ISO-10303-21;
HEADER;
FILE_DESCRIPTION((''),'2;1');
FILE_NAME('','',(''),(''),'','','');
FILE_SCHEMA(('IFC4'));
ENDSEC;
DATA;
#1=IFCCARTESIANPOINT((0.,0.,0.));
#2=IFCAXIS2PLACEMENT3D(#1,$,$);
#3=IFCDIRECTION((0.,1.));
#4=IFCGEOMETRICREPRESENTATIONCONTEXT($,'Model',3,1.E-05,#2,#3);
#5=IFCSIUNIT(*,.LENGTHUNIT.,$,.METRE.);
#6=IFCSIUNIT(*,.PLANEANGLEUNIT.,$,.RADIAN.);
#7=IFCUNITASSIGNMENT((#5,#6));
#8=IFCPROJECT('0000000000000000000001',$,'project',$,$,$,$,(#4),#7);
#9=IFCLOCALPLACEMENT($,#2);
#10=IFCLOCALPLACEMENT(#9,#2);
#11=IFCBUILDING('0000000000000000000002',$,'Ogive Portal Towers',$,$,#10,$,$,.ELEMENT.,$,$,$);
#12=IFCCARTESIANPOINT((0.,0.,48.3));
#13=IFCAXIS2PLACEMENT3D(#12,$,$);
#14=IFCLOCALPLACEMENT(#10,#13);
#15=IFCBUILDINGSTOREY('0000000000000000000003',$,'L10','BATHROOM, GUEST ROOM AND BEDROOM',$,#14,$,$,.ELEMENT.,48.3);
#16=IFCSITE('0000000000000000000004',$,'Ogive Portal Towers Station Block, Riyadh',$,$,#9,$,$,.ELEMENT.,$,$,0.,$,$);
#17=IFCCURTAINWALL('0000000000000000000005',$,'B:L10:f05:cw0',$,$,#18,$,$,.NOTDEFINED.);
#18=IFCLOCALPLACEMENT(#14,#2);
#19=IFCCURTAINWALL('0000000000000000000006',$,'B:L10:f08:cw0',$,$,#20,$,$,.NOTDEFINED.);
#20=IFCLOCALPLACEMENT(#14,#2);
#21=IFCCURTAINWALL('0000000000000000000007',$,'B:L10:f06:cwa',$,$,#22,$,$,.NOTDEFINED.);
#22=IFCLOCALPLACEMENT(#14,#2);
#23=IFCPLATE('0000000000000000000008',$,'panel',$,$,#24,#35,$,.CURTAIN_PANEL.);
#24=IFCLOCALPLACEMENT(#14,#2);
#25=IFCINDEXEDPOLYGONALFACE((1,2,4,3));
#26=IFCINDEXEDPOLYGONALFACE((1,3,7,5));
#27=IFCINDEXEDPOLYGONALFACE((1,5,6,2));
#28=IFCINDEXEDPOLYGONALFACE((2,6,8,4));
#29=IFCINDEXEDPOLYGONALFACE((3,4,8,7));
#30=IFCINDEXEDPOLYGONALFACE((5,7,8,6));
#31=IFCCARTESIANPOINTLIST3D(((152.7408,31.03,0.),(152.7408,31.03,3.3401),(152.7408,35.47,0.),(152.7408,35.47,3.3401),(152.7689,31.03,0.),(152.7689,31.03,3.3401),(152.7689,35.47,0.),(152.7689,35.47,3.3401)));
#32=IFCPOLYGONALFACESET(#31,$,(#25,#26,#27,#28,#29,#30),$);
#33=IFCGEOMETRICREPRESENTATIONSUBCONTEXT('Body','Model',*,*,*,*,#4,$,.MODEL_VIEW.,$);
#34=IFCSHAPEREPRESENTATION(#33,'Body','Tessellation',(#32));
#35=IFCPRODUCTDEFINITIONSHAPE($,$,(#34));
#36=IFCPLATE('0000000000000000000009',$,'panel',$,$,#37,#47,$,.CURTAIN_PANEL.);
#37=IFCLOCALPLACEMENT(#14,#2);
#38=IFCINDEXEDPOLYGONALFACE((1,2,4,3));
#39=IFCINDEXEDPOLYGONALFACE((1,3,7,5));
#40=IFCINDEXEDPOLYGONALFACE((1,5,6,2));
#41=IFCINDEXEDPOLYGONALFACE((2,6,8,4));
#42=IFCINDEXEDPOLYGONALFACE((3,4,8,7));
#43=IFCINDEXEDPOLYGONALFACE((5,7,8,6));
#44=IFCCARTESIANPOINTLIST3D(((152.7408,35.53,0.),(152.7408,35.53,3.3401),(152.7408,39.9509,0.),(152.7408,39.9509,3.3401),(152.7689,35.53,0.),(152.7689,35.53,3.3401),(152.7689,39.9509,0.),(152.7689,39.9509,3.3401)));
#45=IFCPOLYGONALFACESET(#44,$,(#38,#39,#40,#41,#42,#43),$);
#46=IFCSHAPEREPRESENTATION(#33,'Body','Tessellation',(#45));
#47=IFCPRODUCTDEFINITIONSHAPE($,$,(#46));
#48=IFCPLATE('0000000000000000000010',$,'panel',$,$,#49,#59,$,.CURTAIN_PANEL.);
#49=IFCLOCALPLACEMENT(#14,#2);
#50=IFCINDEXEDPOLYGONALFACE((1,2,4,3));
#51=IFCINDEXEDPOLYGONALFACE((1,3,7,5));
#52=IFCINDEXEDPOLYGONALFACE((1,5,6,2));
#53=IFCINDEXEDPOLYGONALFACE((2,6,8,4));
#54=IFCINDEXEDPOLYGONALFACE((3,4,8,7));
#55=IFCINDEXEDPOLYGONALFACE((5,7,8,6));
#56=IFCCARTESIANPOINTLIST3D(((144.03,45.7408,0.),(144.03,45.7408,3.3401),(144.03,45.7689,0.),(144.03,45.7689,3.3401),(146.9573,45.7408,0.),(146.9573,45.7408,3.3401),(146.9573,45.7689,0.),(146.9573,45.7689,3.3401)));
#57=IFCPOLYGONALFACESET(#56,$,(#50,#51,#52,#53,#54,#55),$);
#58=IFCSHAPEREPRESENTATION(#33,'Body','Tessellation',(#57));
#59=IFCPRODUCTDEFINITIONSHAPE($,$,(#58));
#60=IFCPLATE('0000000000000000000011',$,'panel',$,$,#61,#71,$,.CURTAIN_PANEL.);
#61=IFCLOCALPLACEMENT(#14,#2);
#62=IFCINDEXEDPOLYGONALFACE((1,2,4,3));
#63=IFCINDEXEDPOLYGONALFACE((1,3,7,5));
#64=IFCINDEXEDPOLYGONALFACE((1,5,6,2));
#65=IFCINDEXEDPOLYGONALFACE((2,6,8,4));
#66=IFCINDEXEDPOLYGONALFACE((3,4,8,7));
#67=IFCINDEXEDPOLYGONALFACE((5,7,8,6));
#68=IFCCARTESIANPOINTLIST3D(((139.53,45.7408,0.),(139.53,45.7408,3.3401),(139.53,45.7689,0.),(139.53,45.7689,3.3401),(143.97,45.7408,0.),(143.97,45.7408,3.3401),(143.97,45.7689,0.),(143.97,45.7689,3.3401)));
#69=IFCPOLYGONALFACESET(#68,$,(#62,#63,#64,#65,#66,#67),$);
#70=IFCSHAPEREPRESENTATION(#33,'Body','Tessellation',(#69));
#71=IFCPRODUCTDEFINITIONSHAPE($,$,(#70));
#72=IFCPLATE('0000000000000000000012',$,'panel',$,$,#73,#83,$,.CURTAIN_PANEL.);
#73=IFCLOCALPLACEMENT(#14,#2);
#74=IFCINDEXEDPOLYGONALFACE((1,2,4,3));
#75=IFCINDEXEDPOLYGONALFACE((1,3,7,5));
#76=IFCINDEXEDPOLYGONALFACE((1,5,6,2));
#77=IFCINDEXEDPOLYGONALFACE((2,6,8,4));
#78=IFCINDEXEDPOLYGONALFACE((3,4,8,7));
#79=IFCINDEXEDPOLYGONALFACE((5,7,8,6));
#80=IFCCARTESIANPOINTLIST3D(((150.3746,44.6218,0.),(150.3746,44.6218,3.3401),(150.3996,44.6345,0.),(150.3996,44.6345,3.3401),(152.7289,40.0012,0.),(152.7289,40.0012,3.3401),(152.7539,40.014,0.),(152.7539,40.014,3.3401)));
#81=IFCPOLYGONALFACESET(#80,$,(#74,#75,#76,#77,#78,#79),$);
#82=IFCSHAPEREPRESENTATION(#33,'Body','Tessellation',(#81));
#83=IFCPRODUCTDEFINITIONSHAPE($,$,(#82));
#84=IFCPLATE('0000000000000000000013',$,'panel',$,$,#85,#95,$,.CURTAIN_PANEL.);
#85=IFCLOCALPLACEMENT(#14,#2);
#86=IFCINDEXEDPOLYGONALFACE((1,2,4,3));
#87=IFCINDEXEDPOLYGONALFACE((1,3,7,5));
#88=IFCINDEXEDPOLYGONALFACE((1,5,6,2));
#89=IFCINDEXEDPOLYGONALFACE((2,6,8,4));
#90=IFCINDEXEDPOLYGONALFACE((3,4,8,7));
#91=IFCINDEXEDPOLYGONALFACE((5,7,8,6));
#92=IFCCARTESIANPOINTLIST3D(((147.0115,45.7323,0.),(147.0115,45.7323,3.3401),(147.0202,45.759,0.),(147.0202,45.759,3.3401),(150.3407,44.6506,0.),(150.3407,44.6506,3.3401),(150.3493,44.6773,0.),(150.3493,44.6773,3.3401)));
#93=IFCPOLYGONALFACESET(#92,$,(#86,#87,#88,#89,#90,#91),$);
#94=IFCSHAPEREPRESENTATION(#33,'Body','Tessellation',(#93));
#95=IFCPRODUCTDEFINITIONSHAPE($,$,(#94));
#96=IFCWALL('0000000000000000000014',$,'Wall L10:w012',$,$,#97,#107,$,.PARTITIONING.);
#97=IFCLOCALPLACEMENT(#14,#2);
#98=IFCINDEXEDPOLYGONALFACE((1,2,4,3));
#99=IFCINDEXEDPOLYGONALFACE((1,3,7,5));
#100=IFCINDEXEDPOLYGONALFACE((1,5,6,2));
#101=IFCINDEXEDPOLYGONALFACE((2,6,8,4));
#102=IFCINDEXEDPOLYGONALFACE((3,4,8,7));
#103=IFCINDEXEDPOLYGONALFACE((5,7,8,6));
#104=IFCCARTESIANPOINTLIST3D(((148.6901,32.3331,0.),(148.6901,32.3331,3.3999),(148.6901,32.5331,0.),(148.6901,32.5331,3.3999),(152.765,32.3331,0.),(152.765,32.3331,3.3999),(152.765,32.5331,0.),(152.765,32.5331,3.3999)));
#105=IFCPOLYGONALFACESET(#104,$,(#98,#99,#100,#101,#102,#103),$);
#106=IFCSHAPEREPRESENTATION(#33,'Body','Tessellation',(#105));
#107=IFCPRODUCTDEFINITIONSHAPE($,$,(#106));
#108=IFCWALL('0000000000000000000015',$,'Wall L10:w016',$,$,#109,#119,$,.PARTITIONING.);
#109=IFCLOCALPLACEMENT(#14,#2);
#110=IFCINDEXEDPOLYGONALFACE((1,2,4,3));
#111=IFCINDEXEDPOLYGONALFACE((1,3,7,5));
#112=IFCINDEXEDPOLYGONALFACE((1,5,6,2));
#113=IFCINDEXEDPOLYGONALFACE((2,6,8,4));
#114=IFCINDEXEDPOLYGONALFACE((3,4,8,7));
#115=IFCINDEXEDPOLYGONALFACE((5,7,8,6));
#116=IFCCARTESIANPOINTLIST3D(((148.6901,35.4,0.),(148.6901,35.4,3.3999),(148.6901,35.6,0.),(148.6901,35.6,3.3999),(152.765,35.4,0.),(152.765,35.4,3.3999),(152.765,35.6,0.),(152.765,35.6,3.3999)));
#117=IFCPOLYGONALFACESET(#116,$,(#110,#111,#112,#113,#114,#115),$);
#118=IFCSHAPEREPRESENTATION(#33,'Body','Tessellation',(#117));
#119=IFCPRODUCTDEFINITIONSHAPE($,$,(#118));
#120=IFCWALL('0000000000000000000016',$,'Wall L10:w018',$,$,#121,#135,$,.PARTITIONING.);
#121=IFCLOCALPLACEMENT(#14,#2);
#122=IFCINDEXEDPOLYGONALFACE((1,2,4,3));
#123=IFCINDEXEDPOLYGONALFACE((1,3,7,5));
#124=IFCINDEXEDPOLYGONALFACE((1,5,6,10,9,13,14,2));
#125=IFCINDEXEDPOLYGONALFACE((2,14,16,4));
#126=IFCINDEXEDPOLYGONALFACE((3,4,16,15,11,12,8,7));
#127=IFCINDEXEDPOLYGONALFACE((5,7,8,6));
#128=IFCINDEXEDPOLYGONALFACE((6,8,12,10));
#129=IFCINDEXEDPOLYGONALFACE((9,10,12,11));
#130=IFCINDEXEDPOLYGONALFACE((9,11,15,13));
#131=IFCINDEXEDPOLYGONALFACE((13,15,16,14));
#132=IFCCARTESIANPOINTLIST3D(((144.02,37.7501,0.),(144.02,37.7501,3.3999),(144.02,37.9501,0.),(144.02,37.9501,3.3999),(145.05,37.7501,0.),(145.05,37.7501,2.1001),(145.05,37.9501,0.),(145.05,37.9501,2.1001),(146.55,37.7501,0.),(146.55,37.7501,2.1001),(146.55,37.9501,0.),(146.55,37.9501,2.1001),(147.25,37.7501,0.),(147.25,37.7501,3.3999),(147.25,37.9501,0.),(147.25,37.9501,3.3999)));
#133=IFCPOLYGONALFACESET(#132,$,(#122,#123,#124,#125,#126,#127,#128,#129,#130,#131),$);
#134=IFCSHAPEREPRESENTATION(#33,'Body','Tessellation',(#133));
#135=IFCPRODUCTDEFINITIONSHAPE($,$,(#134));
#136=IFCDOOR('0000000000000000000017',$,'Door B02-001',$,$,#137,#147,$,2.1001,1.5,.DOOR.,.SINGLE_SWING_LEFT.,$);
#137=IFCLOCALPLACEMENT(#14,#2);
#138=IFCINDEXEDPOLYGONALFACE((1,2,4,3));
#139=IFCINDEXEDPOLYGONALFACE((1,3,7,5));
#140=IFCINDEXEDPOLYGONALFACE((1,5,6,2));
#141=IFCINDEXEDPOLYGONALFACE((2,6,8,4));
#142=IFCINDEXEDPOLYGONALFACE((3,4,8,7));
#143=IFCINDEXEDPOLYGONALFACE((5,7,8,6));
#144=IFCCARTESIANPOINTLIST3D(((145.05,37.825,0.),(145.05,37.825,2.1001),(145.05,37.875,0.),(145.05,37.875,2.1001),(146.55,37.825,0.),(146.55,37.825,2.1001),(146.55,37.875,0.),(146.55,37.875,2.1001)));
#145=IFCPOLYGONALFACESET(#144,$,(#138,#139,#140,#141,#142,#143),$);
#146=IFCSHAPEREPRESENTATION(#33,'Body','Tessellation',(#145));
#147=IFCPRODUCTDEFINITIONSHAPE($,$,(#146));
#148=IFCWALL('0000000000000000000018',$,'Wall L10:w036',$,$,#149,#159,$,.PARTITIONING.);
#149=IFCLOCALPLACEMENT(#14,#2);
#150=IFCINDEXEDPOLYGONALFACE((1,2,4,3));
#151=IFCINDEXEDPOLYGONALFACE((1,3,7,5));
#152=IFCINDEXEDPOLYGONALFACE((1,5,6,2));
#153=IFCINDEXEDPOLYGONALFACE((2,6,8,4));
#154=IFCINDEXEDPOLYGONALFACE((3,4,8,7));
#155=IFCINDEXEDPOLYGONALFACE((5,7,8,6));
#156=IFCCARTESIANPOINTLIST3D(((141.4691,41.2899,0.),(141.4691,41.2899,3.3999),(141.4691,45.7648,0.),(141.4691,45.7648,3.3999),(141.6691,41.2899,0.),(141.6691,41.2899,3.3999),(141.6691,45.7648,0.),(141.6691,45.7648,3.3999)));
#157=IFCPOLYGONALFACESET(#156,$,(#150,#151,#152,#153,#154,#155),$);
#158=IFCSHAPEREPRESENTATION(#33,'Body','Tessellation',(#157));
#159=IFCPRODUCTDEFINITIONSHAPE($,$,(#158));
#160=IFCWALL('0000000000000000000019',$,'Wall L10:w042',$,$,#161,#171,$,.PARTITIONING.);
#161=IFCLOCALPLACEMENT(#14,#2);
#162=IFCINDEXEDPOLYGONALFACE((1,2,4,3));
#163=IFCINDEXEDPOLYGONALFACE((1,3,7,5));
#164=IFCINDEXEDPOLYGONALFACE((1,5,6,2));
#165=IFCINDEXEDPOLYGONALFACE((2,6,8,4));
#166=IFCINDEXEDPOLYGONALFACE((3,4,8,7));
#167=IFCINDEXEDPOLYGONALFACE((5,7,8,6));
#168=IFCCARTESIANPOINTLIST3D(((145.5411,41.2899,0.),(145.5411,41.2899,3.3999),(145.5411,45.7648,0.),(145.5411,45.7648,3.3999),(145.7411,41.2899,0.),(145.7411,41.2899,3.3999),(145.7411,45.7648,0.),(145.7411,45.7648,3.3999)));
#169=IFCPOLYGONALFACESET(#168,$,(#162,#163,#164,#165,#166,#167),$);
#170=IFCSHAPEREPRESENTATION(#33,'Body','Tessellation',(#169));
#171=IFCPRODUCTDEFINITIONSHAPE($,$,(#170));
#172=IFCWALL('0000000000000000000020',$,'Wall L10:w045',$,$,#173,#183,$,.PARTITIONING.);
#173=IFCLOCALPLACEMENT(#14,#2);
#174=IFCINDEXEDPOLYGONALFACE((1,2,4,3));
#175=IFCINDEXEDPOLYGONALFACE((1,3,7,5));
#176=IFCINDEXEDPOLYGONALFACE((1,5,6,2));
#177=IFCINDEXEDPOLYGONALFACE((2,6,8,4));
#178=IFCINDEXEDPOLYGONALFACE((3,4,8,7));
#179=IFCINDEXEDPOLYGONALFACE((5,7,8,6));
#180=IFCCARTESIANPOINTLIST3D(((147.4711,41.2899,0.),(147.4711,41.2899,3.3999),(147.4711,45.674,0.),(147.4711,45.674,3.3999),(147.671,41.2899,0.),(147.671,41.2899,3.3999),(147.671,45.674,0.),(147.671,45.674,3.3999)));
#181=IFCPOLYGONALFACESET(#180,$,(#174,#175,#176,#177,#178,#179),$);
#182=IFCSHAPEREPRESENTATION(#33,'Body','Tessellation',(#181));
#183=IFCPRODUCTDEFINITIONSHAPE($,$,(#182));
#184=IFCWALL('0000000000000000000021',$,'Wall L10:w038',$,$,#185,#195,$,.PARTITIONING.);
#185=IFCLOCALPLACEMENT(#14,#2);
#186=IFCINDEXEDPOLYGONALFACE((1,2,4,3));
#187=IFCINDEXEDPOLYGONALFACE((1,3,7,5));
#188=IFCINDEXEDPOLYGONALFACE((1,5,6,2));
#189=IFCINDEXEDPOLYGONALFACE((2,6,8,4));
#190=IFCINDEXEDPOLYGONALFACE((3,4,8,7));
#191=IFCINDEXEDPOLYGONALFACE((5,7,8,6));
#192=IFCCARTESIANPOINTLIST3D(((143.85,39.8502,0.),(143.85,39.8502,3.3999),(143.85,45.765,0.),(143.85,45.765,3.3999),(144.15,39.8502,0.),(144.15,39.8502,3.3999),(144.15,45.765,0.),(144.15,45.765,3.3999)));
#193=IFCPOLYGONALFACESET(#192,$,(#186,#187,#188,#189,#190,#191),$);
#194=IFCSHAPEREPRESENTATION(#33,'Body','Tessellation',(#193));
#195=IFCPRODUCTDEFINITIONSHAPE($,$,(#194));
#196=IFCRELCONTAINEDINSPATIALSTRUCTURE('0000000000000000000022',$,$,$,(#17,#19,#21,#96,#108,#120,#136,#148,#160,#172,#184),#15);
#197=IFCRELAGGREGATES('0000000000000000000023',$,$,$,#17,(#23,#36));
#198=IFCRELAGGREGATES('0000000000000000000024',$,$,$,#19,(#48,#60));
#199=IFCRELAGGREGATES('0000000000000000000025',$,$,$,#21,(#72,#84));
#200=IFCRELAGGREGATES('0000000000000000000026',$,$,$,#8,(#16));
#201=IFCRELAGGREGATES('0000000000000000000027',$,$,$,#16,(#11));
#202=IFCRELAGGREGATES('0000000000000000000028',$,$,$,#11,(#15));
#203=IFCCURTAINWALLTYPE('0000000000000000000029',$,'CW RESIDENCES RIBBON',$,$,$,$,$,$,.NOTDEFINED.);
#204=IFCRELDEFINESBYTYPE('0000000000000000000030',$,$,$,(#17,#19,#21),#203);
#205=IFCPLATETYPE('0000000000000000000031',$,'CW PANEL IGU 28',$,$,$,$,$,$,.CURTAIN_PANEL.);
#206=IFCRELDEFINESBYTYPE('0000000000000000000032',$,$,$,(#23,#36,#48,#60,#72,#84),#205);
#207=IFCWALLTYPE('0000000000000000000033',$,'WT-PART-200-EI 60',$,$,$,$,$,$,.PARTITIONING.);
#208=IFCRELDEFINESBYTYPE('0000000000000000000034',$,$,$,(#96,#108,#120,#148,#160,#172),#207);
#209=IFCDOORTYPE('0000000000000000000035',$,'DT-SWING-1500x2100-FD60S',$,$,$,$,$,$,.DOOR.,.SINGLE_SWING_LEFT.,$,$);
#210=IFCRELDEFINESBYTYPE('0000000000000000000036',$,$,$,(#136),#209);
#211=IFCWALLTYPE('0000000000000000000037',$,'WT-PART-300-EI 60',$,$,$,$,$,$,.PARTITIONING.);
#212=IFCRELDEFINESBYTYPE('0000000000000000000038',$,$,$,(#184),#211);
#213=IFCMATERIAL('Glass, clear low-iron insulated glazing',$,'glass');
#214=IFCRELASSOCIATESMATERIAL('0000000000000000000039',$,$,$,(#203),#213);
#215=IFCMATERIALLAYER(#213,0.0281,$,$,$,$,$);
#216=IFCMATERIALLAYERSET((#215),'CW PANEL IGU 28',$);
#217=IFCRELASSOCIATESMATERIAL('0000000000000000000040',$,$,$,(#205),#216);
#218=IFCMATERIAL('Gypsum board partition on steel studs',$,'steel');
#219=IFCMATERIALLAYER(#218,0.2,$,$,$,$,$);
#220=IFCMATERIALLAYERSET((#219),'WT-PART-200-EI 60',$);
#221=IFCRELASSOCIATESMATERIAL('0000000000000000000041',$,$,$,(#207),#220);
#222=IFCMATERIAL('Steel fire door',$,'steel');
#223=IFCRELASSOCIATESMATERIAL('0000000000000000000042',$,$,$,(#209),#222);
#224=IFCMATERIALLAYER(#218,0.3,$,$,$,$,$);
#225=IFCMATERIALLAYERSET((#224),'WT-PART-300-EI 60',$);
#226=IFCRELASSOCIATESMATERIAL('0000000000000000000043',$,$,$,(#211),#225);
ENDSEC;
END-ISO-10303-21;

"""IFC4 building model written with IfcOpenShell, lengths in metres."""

from ifc_helpers import new_model, si_unit, direction, frame, frame_2d, origin, origin_2d, place, context, subcontext, project, spatial, rectangle, extrude, material, layer, layer_set, type_object, element, fill, aggregate, save


model = new_model("IFC4")

# Units and contexts
model_context = context("Model", 3, precision=1e-05, world=origin(), true_north=direction((0.0, 1.0)))
body_context = subcontext(model_context, "Body", "Model", "MODEL_VIEW")
ifc_project = project(units=[si_unit("LENGTHUNIT", "METRE"), si_unit("PLANEANGLEUNIT", "RADIAN")], contexts=[model_context])

# Site, building, storey
site_placement = place(None, origin())
site = spatial("IfcSite", under=ifc_project, at=site_placement, Name="Ogive Portal Towers Station Block, Riyadh", CompositionType="ELEMENT", RefElevation=0.0)
building_placement = place(site_placement, origin())
building = spatial("IfcBuilding", under=site, at=building_placement, Name="Ogive Portal Towers", CompositionType="ELEMENT")
storey_placement = place(building_placement, frame((0.0, 0.0, 48.3)))
storey = spatial("IfcBuildingStorey", under=building, at=storey_placement, Name="L10", Description="BATHROOM, GUEST ROOM AND BEDROOM", CompositionType="ELEMENT", Elevation=48.3)

# Curtain walls
ifc_material_1 = material(Name="Glass, clear low-iron insulated glazing", Category="glass")
curtain_wall_type = type_object("IfcCurtainWallType", Name="CW RESIDENCES RIBBON", PredefinedType="NOTDEFINED", material=ifc_material_1)
curtain_wall_1_placement = place(storey_placement, origin())
curtain_wall_1 = element("IfcCurtainWall", 1, at=curtain_wall_1_placement, inside=storey, type_object=curtain_wall_type, Name="B:L10:f05:cw0", PredefinedType="NOTDEFINED")
curtain_wall_2_placement = place(storey_placement, origin())
curtain_wall_2 = element("IfcCurtainWall", 2, at=curtain_wall_2_placement, inside=storey, type_object=curtain_wall_type, Name="B:L10:f08:cw0", PredefinedType="NOTDEFINED")

# Curtain wall
curtain_wall_3_placement = place(storey_placement, origin())
curtain_wall_3 = element("IfcCurtainWall", 3, at=curtain_wall_3_placement, inside=storey, type_object=curtain_wall_type, Name="B:L10:f06:cwa", PredefinedType="NOTDEFINED")

# Plates
ifc_layer_1 = layer(ifc_material_1, 0.0281)
ifc_layer_set_1 = layer_set([ifc_layer_1], Name="CW PANEL IGU 28")
plate_type = type_object("IfcPlateType", Name="CW PANEL IGU 28", PredefinedType="CURTAIN_PANEL", material=ifc_layer_set_1)
plate_1_placement = place(storey_placement, frame((152.7549, 33.25, 0.0), z_axis=(0.0, 0.0, 1.0), x_axis=(0.0, 1.0, 0.0)))
plate_1 = element("IfcPlate", 4, at=plate_1_placement, type_object=plate_type, Name="panel", PredefinedType="CURTAIN_PANEL", context=body_context, shape_type="SweptSolid", body=[
    extrude(rectangle(XDim=4.4399, YDim=0.0281, at=origin_2d()), origin(), (0.0, 0.0, 1.0), 3.3401),
])
plate_2_placement = place(storey_placement, frame((152.7549, 37.7405, 0.0), z_axis=(0.0, 0.0, 1.0), x_axis=(0.0, 1.0, 0.0)))
plate_2 = element("IfcPlate", 5, at=plate_2_placement, type_object=plate_type, Name="panel", PredefinedType="CURTAIN_PANEL", context=body_context, shape_type="SweptSolid", body=[
    extrude(rectangle(XDim=4.4209, YDim=0.0281, at=origin_2d()), origin(), (0.0, 0.0, 1.0), 3.3401),
])
aggregate(curtain_wall_1, [plate_1, plate_2])
plate_3_placement = place(storey_placement, frame((145.4937, 45.7549, 0.0), z_axis=(0.0, 0.0, 1.0), x_axis=(-1.0, 0.0, 0.0)))
plate_3 = element("IfcPlate", 6, at=plate_3_placement, type_object=plate_type, Name="panel", PredefinedType="CURTAIN_PANEL", context=body_context, shape_type="SweptSolid", body=[
    extrude(rectangle(XDim=2.9272, YDim=0.0281, at=origin_2d()), origin(), (0.0, 0.0, 1.0), 3.3401),
])
plate_4_placement = place(storey_placement, frame((141.75, 45.7549, 0.0), z_axis=(0.0, 0.0, 1.0), x_axis=(-1.0, 0.0, 0.0)))
plate_4 = element("IfcPlate", 7, at=plate_4_placement, type_object=plate_type, Name="panel", PredefinedType="CURTAIN_PANEL", context=body_context, shape_type="SweptSolid", body=[
    extrude(rectangle(XDim=4.4399, YDim=0.0281, at=origin_2d()), origin(), (0.0, 0.0, 1.0), 3.3401),
])
aggregate(curtain_wall_2, [plate_3, plate_4])
plate_5_placement = place(storey_placement, frame((151.5642, 42.3179, 0.0), z_axis=(0.0, 0.0, 1.0), x_axis=(-0.45399, 0.891007, 0.0)))
plate_5 = element("IfcPlate", 8, at=plate_5_placement, type_object=plate_type, Name="panel", PredefinedType="CURTAIN_PANEL", context=body_context, shape_type="SweptSolid", body=[
    extrude(rectangle(XDim=5.1858, YDim=0.0281, at=origin_2d()), origin(), (0.0, 0.0, 1.0), 3.3401),
])
plate_6_placement = place(storey_placement, frame((148.6804, 45.2048, 0.0), z_axis=(0.0, 0.0, 1.0), x_axis=(-0.951057, 0.309017, 0.0)))
plate_6 = element("IfcPlate", 9, at=plate_6_placement, type_object=plate_type, Name="panel", PredefinedType="CURTAIN_PANEL", context=body_context, shape_type="SweptSolid", body=[
    extrude(rectangle(XDim=3.5005, YDim=0.0281, at=origin_2d()), origin(), (0.0, 0.0, 1.0), 3.3401),
])
aggregate(curtain_wall_3, [plate_5, plate_6])

# Walls
ifc_material_2 = material(Name="Gypsum board partition on steel studs", Category="steel")
ifc_layer_2 = layer(ifc_material_2, 0.2)
ifc_layer_set_2 = layer_set([ifc_layer_2], Name="WT-PART-200-EI 60")
wall_type_1 = type_object("IfcWallType", Name="WT-PART-200-EI 60", PredefinedType="PARTITIONING", material=ifc_layer_set_2)
for number, where, z_axis, x_axis, name in (
    (10, (148.6899, 32.4331, 0.0), (0.0, 0.0, 1.0), (1.0, 0.0, 0.0), "Wall L10:w012"),
    (11, (148.6899, 35.5, 0.0), (0.0, 0.0, 1.0), (1.0, 0.0, 0.0), "Wall L10:w016"),
):
    element("IfcWall", number, at=place(storey_placement, frame(where, z_axis=z_axis, x_axis=x_axis)), inside=storey, type_object=wall_type_1, Name=name, PredefinedType="PARTITIONING", context=body_context, shape_type="SweptSolid", body=[
        extrude(rectangle(XDim=4.075, YDim=0.2, at=frame_2d((2.0376, 0.0))), origin(), (0.0, 0.0, 1.0), 3.3999),
    ])

# Wall, opening, door
wall_1_placement = place(storey_placement, frame((144.02, 37.8501, 0.0), z_axis=(0.0, 0.0, 1.0), x_axis=(1.0, 0.0, 0.0)))
wall_1 = element("IfcWall", 12, at=wall_1_placement, inside=storey, type_object=wall_type_1, Name="Wall L10:w018", PredefinedType="PARTITIONING", context=body_context, shape_type="SweptSolid", body=[
    extrude(rectangle(XDim=3.23, YDim=0.2, at=frame_2d((1.615, 0.0))), origin(), (0.0, 0.0, 1.0), 3.3999),
])
opening_placement = place(wall_1_placement, frame((1.03, 0.0, 0.0)))
opening = element("IfcOpeningElement", 13, at=opening_placement, cuts=wall_1, PredefinedType="OPENING", context=body_context, shape_type="SweptSolid", body=[
    extrude(rectangle(XDim=1.5, YDim=2.1001, at=frame_2d((0.75, 1.05))), frame((0.0, 0.1099, 0.0), z_axis=(0.0, -1.0, 0.0), x_axis=(1.0, 0.0, 0.0)), (0.0, 0.0, 1.0), 0.22),
])
ifc_material_3 = material(Name="Steel fire door", Category="steel")
door_type = type_object("IfcDoorType", Name="DT-SWING-1500x2100-FD60S", OperationType="SINGLE_SWING_LEFT", PredefinedType="DOOR", material=ifc_material_3)
door_placement = place(opening_placement, origin())
door = element("IfcDoor", 14, at=door_placement, inside=storey, type_object=door_type, Name="Door B02-001", OperationType="SINGLE_SWING_LEFT", OverallHeight=2.1001, OverallWidth=1.5, PredefinedType="DOOR", context=body_context, shape_type="SweptSolid", body=[
    extrude(rectangle(XDim=1.5, YDim=2.1001, at=frame_2d((0.75, 1.05))), frame((0.0, 0.0249, 0.0), z_axis=(0.0, -1.0, 0.0), x_axis=(1.0, 0.0, 0.0)), (0.0, 0.0, 1.0), 0.05),
])
fill(opening, door)

# Walls
for number, where, z_axis, x_axis, name in (
    (15, (141.5691, 41.29, 0.0), (0.0, 0.0, 1.0), (0.0, 1.0, 0.0), "Wall L10:w036"),
    (16, (145.6411, 41.29, 0.0), (0.0, 0.0, 1.0), (0.0, 1.0, 0.0), "Wall L10:w042"),
):
    element("IfcWall", number, at=place(storey_placement, frame(where, z_axis=z_axis, x_axis=x_axis)), inside=storey, type_object=wall_type_1, Name=name, PredefinedType="PARTITIONING", context=body_context, shape_type="SweptSolid", body=[
        extrude(rectangle(XDim=4.4749, YDim=0.2, at=frame_2d((2.2373, 0.0))), origin(), (0.0, 0.0, 1.0), 3.3999),
    ])
wall_2_placement = place(storey_placement, frame((147.571, 41.29, 0.0), z_axis=(0.0, 0.0, 1.0), x_axis=(0.0, 1.0, 0.0)))
element("IfcWall", 17, at=wall_2_placement, inside=storey, type_object=wall_type_1, Name="Wall L10:w045", PredefinedType="PARTITIONING", context=body_context, shape_type="SweptSolid", body=[
    extrude(rectangle(XDim=4.384, YDim=0.2, at=frame_2d((2.1919, 0.0))), origin(), (0.0, 0.0, 1.0), 3.3999),
])
ifc_layer_3 = layer(ifc_material_2, 0.3)
ifc_layer_set_3 = layer_set([ifc_layer_3], Name="WT-PART-300-EI 60")
wall_type_2 = type_object("IfcWallType", Name="WT-PART-300-EI 60", PredefinedType="PARTITIONING", material=ifc_layer_set_3)
wall_3_placement = place(storey_placement, frame((144.0, 39.8501, 0.0), z_axis=(0.0, 0.0, 1.0), x_axis=(0.0, 1.0, 0.0)))
element("IfcWall", 18, at=wall_3_placement, inside=storey, type_object=wall_type_2, Name="Wall L10:w038", PredefinedType="PARTITIONING", context=body_context, shape_type="SweptSolid", body=[
    extrude(rectangle(XDim=5.9148, YDim=0.3, at=frame_2d((2.9575, 0.0))), origin(), (0.0, 0.0, 1.0), 3.3999),
])

save(model, "model.ifc")
